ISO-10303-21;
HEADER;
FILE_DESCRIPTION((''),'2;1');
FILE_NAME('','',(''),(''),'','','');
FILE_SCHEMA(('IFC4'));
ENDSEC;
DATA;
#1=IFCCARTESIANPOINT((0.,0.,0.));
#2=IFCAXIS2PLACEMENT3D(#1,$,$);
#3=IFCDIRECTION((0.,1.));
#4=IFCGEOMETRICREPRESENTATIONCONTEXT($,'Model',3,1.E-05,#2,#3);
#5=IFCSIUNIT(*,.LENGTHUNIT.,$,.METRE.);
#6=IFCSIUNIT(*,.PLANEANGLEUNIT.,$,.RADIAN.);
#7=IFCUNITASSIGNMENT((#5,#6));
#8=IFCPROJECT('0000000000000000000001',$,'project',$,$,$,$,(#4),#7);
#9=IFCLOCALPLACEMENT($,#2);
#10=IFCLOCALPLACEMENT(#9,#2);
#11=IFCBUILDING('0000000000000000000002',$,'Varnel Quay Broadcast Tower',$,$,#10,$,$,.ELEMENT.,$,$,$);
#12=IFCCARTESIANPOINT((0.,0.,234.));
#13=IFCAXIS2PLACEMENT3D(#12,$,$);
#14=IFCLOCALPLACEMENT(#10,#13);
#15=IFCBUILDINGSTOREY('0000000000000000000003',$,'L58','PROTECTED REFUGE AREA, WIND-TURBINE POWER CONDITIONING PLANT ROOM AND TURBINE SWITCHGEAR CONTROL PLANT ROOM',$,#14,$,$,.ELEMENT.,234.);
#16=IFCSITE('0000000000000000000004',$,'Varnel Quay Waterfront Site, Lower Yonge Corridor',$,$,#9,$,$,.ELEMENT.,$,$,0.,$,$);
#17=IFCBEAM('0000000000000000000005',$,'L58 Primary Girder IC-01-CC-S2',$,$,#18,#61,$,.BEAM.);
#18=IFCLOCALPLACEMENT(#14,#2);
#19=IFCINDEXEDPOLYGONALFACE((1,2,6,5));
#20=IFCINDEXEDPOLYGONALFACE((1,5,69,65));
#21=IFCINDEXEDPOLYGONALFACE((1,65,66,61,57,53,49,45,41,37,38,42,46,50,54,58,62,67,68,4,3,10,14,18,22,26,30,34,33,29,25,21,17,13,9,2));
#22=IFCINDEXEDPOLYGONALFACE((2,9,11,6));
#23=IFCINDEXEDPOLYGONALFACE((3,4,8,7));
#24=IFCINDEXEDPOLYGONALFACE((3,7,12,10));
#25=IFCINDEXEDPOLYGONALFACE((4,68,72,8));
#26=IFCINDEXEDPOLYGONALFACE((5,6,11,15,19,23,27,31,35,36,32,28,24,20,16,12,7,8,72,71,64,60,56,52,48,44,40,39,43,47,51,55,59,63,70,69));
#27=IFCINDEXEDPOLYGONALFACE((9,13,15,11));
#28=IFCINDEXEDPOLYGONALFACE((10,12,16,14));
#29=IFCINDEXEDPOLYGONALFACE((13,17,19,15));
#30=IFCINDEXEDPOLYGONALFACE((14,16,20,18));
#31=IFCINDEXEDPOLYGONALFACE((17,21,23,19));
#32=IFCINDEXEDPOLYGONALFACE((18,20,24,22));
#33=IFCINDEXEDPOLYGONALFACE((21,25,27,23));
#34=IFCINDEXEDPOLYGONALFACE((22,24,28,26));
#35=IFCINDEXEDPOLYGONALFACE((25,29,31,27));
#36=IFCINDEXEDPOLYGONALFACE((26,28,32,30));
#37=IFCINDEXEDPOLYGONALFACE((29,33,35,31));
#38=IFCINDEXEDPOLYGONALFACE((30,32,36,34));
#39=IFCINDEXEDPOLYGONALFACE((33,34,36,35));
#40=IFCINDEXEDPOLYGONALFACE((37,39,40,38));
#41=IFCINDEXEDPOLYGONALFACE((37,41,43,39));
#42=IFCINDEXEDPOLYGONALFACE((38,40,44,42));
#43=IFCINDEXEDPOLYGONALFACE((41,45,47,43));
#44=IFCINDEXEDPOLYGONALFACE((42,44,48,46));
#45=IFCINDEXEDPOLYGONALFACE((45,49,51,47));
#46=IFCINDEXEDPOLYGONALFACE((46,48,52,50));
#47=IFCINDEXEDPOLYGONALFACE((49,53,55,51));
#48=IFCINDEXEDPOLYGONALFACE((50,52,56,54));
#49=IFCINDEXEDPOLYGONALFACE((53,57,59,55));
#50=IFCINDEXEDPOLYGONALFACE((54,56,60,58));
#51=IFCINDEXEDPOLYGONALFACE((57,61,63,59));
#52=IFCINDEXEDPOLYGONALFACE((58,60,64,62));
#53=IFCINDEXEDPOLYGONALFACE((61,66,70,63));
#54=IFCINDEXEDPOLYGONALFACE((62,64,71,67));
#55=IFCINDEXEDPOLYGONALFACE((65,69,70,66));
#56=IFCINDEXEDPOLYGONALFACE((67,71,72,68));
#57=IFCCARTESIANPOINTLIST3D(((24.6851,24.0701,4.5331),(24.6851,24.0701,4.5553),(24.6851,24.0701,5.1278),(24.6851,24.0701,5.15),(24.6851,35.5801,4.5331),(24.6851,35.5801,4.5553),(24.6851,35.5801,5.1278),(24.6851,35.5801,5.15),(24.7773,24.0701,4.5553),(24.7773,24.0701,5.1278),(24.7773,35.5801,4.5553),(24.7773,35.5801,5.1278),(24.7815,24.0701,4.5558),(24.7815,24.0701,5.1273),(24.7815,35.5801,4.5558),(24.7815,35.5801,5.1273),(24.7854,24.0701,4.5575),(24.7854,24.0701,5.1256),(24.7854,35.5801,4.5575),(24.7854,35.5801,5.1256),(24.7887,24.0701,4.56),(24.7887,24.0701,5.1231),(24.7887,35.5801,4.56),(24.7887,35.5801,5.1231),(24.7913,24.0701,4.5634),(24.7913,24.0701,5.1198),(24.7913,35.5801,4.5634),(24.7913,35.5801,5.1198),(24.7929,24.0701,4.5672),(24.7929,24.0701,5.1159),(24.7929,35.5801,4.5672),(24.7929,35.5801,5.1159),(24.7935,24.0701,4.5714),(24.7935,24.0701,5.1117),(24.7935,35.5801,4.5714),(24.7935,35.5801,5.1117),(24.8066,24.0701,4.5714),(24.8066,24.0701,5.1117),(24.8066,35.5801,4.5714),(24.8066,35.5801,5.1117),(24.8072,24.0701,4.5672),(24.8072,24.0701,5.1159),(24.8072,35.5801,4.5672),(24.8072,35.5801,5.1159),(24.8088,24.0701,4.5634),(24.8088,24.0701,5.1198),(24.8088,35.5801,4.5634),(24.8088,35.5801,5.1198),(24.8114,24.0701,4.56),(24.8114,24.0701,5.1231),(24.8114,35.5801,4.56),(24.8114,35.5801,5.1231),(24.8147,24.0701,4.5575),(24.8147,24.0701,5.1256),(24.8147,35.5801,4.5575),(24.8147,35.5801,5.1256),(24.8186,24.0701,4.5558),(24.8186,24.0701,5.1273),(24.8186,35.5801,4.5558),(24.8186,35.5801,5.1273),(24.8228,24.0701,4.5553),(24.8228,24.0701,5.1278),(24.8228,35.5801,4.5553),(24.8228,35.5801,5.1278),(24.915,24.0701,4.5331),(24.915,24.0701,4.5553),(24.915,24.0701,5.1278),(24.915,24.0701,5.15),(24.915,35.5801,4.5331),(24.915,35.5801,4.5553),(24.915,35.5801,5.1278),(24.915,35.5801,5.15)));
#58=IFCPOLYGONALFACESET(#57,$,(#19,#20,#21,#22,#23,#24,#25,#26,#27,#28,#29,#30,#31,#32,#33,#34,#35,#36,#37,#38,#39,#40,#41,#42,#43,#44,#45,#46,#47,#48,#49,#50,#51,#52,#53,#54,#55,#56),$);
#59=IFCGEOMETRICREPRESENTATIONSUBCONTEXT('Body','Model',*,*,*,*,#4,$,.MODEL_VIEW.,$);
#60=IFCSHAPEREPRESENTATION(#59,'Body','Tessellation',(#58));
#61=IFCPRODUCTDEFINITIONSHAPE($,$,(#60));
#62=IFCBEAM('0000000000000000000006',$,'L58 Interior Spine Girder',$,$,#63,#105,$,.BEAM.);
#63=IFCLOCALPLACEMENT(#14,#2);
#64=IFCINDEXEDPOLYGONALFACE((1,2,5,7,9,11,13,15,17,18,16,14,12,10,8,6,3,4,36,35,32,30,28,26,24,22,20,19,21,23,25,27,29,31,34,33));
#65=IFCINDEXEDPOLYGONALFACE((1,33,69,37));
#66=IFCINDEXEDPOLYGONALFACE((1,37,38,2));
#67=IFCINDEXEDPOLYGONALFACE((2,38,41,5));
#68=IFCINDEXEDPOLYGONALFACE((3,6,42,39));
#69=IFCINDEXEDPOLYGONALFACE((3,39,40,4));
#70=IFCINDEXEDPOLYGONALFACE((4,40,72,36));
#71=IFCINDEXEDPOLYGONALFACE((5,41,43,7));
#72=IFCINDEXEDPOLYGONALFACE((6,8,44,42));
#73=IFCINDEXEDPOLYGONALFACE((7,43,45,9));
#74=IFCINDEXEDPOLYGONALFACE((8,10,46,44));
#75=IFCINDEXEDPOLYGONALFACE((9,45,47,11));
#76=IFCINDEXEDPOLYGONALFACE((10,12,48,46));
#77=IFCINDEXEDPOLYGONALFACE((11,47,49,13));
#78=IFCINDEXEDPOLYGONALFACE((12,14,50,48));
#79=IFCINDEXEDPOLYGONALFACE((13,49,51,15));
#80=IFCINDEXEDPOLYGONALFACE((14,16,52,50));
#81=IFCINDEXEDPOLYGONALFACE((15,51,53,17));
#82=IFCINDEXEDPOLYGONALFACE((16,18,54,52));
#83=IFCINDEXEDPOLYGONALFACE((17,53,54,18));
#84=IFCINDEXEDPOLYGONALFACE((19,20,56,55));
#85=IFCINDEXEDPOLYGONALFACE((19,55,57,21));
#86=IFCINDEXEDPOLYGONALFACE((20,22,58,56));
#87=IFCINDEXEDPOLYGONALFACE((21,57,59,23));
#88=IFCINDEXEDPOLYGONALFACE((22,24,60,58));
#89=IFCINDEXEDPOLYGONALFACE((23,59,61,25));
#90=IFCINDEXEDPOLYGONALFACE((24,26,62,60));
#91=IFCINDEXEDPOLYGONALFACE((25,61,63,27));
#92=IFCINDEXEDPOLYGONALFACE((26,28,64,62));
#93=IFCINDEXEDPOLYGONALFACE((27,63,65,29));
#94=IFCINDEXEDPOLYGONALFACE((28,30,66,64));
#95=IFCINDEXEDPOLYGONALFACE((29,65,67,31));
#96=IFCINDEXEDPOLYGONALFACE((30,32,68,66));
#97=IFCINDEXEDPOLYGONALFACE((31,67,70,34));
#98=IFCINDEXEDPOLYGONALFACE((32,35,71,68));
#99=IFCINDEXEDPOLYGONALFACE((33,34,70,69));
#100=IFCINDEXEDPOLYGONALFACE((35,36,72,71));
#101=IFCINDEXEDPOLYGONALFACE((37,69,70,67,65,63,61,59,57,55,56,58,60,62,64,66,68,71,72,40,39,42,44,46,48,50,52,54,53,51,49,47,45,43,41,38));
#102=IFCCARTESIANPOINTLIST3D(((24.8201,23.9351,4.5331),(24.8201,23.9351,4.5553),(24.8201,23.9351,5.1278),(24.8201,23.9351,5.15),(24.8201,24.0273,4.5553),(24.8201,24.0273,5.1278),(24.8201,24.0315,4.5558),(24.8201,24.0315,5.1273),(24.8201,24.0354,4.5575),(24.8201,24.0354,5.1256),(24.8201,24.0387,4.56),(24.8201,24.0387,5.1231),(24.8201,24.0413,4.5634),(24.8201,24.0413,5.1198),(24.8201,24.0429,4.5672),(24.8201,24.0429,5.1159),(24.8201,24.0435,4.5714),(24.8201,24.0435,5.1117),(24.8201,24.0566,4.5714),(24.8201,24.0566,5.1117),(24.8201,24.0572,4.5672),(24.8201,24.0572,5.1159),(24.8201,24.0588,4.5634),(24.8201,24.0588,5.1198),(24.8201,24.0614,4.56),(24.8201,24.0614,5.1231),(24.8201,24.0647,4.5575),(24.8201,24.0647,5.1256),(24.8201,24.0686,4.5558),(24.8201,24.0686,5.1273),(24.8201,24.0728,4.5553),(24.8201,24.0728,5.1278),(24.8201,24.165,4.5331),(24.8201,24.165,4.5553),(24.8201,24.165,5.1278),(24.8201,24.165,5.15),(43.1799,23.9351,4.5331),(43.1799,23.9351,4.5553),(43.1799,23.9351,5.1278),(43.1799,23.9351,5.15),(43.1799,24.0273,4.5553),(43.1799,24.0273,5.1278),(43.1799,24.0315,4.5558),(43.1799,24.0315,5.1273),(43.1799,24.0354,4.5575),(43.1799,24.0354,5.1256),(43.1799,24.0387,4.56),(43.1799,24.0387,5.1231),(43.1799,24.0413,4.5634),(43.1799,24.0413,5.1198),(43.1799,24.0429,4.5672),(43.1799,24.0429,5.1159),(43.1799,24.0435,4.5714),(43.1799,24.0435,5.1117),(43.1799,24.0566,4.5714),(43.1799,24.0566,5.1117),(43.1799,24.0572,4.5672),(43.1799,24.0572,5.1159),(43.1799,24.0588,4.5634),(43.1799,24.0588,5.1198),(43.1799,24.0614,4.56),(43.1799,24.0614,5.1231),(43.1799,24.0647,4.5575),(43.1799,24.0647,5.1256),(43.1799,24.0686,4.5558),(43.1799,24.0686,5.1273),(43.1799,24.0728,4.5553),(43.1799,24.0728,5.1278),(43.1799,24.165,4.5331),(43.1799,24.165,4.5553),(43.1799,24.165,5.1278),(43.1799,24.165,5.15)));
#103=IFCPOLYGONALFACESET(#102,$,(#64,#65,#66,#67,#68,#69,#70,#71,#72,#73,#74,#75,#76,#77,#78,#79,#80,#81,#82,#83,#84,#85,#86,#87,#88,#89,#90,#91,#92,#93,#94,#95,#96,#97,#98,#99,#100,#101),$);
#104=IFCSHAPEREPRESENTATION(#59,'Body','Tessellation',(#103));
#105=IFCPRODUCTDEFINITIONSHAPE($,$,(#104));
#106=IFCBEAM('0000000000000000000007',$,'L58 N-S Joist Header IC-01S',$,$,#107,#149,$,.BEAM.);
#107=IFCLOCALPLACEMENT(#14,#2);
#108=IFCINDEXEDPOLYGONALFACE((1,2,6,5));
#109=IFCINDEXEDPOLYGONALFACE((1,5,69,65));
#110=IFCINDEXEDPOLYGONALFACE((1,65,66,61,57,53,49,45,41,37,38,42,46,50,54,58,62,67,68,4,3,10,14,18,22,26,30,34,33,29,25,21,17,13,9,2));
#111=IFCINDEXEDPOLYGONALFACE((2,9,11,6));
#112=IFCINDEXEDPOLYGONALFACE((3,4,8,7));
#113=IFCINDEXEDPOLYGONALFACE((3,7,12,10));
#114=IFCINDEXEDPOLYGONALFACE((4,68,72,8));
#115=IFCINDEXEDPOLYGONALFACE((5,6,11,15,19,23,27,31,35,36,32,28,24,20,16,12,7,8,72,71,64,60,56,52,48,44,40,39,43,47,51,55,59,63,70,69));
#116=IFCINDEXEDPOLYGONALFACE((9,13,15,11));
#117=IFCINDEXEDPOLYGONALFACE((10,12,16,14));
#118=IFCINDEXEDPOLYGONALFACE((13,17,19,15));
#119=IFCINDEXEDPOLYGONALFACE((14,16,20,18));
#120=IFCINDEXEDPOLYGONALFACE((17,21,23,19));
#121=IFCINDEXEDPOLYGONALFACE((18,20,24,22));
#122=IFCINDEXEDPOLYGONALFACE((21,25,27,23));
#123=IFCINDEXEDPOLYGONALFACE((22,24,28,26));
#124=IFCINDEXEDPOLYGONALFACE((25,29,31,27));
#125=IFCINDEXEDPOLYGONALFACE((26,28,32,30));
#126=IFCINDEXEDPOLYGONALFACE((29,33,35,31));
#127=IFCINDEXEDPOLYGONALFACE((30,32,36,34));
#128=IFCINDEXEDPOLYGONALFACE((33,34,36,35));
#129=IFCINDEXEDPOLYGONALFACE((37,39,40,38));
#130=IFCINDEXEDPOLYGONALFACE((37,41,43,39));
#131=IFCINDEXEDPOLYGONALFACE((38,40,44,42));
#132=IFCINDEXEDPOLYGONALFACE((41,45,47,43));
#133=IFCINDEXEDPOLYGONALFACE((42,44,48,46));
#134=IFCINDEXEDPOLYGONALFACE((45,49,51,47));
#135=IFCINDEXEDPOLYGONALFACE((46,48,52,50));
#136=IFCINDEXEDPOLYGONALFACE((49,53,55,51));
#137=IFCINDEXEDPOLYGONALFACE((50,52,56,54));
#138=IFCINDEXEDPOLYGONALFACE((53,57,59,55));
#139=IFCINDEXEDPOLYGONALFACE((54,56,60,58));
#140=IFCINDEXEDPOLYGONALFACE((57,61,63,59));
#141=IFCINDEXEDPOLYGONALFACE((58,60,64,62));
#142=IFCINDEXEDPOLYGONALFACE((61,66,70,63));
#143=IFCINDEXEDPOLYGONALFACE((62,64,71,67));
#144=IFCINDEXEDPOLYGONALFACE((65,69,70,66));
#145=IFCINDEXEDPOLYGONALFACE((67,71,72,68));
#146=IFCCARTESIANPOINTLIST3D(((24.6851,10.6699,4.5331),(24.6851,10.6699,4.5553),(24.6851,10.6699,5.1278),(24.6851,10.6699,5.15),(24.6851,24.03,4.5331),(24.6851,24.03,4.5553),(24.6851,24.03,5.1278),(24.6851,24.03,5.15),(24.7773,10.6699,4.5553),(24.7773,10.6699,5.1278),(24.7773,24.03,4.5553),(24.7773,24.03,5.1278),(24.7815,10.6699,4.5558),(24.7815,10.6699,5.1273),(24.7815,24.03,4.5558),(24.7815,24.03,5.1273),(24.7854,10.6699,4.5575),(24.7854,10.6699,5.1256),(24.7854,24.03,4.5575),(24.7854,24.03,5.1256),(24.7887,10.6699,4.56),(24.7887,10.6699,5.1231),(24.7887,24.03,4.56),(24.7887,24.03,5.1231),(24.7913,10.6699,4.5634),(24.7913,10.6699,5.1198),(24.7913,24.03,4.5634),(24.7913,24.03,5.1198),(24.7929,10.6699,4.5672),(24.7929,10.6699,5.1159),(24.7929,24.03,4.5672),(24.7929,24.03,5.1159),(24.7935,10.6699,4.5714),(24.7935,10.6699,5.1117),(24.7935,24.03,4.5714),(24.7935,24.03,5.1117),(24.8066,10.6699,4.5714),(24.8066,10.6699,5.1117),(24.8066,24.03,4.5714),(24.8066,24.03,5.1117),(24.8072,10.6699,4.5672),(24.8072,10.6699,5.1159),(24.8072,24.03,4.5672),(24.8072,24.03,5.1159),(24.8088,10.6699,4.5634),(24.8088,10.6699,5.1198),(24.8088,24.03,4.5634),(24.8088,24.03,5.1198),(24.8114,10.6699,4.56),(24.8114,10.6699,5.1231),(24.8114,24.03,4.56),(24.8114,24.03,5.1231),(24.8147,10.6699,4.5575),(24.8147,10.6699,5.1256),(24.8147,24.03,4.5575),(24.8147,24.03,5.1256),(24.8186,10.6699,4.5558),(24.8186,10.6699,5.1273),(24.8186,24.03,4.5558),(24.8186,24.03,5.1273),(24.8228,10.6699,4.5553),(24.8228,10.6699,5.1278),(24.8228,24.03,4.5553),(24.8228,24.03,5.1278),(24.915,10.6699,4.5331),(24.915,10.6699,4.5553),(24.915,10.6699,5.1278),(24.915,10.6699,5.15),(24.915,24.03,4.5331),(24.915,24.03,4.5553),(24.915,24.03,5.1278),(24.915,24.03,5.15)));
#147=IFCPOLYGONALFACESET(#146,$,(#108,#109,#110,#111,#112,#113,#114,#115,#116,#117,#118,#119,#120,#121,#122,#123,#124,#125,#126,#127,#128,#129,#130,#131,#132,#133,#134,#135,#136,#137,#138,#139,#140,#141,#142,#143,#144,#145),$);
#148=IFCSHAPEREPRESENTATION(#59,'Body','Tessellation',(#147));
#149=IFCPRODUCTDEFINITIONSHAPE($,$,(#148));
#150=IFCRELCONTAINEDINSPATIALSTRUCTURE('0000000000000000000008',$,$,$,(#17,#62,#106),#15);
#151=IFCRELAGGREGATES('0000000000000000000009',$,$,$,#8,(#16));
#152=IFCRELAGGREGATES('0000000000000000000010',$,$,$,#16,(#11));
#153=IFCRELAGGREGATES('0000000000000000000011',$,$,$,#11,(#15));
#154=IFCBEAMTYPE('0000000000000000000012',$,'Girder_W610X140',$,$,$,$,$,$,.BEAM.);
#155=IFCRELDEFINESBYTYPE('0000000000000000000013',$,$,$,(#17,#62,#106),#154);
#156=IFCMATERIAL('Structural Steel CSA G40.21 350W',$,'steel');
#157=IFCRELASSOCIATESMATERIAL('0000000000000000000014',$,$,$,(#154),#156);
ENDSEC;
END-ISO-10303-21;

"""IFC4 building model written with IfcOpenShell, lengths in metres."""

from ifc_helpers import new_model, si_unit, direction, frame, origin, origin_2d, place, context, subcontext, project, spatial, i_section, extrude, source, transform, mapped, material, material_profile, profile_set, type_object, element, save


model = new_model("IFC4")

# Units and contexts
model_context = context("Model", 3, precision=1e-05, world=origin(), true_north=direction((0.0, 1.0)))
body_context = subcontext(model_context, "Body", "Model", "MODEL_VIEW")
ifc_project = project(units=[si_unit("LENGTHUNIT", "METRE"), si_unit("PLANEANGLEUNIT", "RADIAN")], contexts=[model_context])

# Site, building, storey
site_placement = place(None, origin())
site = spatial("IfcSite", under=ifc_project, at=site_placement, Name="Varnel Quay Waterfront Site, Lower Yonge Corridor", CompositionType="ELEMENT", RefElevation=0.0)
building_placement = place(site_placement, origin())
building = spatial("IfcBuilding", under=site, at=building_placement, Name="Varnel Quay Broadcast Tower", CompositionType="ELEMENT")
storey_placement = place(building_placement, frame((0.0, 0.0, 234.0)))
storey = spatial("IfcBuildingStorey", under=building, at=storey_placement, Name="L58", Description="PROTECTED REFUGE AREA, WIND-TURBINE POWER CONDITIONING PLANT ROOM AND TURBINE SWITCHGEAR CONTROL PLANT ROOM", CompositionType="ELEMENT", Elevation=234.0)

# Shared definitions
ifc_material_1 = material(Name="Structural Steel CSA G40.21 350W", Category="steel")

# Beams
ifc_material_profile_1 = material_profile(ifc_material_1, i_section(OverallWidth=0.23, OverallDepth=0.6169, WebThickness=0.0132, FlangeThickness=0.0222, FilletRadius=0.0161, at=origin_2d()), Name="W610X140")
ifc_profile_set_1 = profile_set([ifc_material_profile_1], Name="Structural Steel CSA G40.21 350W")
beam_type_1 = type_object("IfcBeamType", Name="Girder_W610X140", PredefinedType="BEAM", material=ifc_profile_set_1)
shared_shape_1 = source(origin(), body_context, "Body", "SweptSolid", [
    extrude(i_section(OverallWidth=0.23, OverallDepth=0.6169, WebThickness=0.0132, FlangeThickness=0.0222, FilletRadius=0.0161, at=origin_2d()), origin(), (0.0, 0.0, 1.0), 11.51),
])
beam_1_placement = place(storey_placement, frame((24.8, 24.0701, 4.8416), z_axis=(0.0, 1.0, 0.0), x_axis=(-1.0, 0.0, 0.0)))
element("IfcBeam", 1, at=beam_1_placement, inside=storey, type_object=beam_type_1, Name="L58 Primary Girder IC-01-CC-S2", PredefinedType="BEAM", context=body_context, shape_type="MappedRepresentation", body=[
    mapped(shared_shape_1, transform((0.0, 0.0, 0.0), x_axis=(1.0, 0.0, 0.0), y_axis=(0.0, 1.0, 0.0), z_axis=(0.0, 0.0, 1.0), scale=1.0)),
])
shared_shape_2 = source(origin(), body_context, "Body", "SweptSolid", [
    extrude(i_section(OverallWidth=0.23, OverallDepth=0.6169, WebThickness=0.0132, FlangeThickness=0.0222, FilletRadius=0.0161, at=origin_2d()), origin(), (0.0, 0.0, 1.0), 18.3599),
])
beam_2_placement = place(storey_placement, frame((24.8201, 24.05, 4.8416), z_axis=(1.0, 0.0, 0.0), x_axis=(0.0, 1.0, 0.0)))
element("IfcBeam", 2, at=beam_2_placement, inside=storey, type_object=beam_type_1, Name="L58 Interior Spine Girder", PredefinedType="BEAM", context=body_context, shape_type="MappedRepresentation", body=[
    mapped(shared_shape_2, transform((0.0, 0.0, 0.0), x_axis=(1.0, 0.0, 0.0), y_axis=(0.0, 1.0, 0.0), z_axis=(0.0, 0.0, 1.0), scale=1.0)),
])
shared_shape_3 = source(origin(), body_context, "Body", "SweptSolid", [
    extrude(i_section(OverallWidth=0.23, OverallDepth=0.6169, WebThickness=0.0132, FlangeThickness=0.0222, FilletRadius=0.0161, at=origin_2d()), origin(), (0.0, 0.0, 1.0), 13.3601),
])
beam_3_placement = place(storey_placement, frame((24.8, 10.6699, 4.8416), z_axis=(0.0, 1.0, 0.0), x_axis=(-1.0, 0.0, 0.0)))
element("IfcBeam", 3, at=beam_3_placement, inside=storey, type_object=beam_type_1, Name="L58 N-S Joist Header IC-01S", PredefinedType="BEAM", context=body_context, shape_type="MappedRepresentation", body=[
    mapped(shared_shape_3, transform((0.0, 0.0, 0.0), x_axis=(1.0, 0.0, 0.0), y_axis=(0.0, 1.0, 0.0), z_axis=(0.0, 0.0, 1.0), scale=1.0)),
])

save(model, "model.ifc")
